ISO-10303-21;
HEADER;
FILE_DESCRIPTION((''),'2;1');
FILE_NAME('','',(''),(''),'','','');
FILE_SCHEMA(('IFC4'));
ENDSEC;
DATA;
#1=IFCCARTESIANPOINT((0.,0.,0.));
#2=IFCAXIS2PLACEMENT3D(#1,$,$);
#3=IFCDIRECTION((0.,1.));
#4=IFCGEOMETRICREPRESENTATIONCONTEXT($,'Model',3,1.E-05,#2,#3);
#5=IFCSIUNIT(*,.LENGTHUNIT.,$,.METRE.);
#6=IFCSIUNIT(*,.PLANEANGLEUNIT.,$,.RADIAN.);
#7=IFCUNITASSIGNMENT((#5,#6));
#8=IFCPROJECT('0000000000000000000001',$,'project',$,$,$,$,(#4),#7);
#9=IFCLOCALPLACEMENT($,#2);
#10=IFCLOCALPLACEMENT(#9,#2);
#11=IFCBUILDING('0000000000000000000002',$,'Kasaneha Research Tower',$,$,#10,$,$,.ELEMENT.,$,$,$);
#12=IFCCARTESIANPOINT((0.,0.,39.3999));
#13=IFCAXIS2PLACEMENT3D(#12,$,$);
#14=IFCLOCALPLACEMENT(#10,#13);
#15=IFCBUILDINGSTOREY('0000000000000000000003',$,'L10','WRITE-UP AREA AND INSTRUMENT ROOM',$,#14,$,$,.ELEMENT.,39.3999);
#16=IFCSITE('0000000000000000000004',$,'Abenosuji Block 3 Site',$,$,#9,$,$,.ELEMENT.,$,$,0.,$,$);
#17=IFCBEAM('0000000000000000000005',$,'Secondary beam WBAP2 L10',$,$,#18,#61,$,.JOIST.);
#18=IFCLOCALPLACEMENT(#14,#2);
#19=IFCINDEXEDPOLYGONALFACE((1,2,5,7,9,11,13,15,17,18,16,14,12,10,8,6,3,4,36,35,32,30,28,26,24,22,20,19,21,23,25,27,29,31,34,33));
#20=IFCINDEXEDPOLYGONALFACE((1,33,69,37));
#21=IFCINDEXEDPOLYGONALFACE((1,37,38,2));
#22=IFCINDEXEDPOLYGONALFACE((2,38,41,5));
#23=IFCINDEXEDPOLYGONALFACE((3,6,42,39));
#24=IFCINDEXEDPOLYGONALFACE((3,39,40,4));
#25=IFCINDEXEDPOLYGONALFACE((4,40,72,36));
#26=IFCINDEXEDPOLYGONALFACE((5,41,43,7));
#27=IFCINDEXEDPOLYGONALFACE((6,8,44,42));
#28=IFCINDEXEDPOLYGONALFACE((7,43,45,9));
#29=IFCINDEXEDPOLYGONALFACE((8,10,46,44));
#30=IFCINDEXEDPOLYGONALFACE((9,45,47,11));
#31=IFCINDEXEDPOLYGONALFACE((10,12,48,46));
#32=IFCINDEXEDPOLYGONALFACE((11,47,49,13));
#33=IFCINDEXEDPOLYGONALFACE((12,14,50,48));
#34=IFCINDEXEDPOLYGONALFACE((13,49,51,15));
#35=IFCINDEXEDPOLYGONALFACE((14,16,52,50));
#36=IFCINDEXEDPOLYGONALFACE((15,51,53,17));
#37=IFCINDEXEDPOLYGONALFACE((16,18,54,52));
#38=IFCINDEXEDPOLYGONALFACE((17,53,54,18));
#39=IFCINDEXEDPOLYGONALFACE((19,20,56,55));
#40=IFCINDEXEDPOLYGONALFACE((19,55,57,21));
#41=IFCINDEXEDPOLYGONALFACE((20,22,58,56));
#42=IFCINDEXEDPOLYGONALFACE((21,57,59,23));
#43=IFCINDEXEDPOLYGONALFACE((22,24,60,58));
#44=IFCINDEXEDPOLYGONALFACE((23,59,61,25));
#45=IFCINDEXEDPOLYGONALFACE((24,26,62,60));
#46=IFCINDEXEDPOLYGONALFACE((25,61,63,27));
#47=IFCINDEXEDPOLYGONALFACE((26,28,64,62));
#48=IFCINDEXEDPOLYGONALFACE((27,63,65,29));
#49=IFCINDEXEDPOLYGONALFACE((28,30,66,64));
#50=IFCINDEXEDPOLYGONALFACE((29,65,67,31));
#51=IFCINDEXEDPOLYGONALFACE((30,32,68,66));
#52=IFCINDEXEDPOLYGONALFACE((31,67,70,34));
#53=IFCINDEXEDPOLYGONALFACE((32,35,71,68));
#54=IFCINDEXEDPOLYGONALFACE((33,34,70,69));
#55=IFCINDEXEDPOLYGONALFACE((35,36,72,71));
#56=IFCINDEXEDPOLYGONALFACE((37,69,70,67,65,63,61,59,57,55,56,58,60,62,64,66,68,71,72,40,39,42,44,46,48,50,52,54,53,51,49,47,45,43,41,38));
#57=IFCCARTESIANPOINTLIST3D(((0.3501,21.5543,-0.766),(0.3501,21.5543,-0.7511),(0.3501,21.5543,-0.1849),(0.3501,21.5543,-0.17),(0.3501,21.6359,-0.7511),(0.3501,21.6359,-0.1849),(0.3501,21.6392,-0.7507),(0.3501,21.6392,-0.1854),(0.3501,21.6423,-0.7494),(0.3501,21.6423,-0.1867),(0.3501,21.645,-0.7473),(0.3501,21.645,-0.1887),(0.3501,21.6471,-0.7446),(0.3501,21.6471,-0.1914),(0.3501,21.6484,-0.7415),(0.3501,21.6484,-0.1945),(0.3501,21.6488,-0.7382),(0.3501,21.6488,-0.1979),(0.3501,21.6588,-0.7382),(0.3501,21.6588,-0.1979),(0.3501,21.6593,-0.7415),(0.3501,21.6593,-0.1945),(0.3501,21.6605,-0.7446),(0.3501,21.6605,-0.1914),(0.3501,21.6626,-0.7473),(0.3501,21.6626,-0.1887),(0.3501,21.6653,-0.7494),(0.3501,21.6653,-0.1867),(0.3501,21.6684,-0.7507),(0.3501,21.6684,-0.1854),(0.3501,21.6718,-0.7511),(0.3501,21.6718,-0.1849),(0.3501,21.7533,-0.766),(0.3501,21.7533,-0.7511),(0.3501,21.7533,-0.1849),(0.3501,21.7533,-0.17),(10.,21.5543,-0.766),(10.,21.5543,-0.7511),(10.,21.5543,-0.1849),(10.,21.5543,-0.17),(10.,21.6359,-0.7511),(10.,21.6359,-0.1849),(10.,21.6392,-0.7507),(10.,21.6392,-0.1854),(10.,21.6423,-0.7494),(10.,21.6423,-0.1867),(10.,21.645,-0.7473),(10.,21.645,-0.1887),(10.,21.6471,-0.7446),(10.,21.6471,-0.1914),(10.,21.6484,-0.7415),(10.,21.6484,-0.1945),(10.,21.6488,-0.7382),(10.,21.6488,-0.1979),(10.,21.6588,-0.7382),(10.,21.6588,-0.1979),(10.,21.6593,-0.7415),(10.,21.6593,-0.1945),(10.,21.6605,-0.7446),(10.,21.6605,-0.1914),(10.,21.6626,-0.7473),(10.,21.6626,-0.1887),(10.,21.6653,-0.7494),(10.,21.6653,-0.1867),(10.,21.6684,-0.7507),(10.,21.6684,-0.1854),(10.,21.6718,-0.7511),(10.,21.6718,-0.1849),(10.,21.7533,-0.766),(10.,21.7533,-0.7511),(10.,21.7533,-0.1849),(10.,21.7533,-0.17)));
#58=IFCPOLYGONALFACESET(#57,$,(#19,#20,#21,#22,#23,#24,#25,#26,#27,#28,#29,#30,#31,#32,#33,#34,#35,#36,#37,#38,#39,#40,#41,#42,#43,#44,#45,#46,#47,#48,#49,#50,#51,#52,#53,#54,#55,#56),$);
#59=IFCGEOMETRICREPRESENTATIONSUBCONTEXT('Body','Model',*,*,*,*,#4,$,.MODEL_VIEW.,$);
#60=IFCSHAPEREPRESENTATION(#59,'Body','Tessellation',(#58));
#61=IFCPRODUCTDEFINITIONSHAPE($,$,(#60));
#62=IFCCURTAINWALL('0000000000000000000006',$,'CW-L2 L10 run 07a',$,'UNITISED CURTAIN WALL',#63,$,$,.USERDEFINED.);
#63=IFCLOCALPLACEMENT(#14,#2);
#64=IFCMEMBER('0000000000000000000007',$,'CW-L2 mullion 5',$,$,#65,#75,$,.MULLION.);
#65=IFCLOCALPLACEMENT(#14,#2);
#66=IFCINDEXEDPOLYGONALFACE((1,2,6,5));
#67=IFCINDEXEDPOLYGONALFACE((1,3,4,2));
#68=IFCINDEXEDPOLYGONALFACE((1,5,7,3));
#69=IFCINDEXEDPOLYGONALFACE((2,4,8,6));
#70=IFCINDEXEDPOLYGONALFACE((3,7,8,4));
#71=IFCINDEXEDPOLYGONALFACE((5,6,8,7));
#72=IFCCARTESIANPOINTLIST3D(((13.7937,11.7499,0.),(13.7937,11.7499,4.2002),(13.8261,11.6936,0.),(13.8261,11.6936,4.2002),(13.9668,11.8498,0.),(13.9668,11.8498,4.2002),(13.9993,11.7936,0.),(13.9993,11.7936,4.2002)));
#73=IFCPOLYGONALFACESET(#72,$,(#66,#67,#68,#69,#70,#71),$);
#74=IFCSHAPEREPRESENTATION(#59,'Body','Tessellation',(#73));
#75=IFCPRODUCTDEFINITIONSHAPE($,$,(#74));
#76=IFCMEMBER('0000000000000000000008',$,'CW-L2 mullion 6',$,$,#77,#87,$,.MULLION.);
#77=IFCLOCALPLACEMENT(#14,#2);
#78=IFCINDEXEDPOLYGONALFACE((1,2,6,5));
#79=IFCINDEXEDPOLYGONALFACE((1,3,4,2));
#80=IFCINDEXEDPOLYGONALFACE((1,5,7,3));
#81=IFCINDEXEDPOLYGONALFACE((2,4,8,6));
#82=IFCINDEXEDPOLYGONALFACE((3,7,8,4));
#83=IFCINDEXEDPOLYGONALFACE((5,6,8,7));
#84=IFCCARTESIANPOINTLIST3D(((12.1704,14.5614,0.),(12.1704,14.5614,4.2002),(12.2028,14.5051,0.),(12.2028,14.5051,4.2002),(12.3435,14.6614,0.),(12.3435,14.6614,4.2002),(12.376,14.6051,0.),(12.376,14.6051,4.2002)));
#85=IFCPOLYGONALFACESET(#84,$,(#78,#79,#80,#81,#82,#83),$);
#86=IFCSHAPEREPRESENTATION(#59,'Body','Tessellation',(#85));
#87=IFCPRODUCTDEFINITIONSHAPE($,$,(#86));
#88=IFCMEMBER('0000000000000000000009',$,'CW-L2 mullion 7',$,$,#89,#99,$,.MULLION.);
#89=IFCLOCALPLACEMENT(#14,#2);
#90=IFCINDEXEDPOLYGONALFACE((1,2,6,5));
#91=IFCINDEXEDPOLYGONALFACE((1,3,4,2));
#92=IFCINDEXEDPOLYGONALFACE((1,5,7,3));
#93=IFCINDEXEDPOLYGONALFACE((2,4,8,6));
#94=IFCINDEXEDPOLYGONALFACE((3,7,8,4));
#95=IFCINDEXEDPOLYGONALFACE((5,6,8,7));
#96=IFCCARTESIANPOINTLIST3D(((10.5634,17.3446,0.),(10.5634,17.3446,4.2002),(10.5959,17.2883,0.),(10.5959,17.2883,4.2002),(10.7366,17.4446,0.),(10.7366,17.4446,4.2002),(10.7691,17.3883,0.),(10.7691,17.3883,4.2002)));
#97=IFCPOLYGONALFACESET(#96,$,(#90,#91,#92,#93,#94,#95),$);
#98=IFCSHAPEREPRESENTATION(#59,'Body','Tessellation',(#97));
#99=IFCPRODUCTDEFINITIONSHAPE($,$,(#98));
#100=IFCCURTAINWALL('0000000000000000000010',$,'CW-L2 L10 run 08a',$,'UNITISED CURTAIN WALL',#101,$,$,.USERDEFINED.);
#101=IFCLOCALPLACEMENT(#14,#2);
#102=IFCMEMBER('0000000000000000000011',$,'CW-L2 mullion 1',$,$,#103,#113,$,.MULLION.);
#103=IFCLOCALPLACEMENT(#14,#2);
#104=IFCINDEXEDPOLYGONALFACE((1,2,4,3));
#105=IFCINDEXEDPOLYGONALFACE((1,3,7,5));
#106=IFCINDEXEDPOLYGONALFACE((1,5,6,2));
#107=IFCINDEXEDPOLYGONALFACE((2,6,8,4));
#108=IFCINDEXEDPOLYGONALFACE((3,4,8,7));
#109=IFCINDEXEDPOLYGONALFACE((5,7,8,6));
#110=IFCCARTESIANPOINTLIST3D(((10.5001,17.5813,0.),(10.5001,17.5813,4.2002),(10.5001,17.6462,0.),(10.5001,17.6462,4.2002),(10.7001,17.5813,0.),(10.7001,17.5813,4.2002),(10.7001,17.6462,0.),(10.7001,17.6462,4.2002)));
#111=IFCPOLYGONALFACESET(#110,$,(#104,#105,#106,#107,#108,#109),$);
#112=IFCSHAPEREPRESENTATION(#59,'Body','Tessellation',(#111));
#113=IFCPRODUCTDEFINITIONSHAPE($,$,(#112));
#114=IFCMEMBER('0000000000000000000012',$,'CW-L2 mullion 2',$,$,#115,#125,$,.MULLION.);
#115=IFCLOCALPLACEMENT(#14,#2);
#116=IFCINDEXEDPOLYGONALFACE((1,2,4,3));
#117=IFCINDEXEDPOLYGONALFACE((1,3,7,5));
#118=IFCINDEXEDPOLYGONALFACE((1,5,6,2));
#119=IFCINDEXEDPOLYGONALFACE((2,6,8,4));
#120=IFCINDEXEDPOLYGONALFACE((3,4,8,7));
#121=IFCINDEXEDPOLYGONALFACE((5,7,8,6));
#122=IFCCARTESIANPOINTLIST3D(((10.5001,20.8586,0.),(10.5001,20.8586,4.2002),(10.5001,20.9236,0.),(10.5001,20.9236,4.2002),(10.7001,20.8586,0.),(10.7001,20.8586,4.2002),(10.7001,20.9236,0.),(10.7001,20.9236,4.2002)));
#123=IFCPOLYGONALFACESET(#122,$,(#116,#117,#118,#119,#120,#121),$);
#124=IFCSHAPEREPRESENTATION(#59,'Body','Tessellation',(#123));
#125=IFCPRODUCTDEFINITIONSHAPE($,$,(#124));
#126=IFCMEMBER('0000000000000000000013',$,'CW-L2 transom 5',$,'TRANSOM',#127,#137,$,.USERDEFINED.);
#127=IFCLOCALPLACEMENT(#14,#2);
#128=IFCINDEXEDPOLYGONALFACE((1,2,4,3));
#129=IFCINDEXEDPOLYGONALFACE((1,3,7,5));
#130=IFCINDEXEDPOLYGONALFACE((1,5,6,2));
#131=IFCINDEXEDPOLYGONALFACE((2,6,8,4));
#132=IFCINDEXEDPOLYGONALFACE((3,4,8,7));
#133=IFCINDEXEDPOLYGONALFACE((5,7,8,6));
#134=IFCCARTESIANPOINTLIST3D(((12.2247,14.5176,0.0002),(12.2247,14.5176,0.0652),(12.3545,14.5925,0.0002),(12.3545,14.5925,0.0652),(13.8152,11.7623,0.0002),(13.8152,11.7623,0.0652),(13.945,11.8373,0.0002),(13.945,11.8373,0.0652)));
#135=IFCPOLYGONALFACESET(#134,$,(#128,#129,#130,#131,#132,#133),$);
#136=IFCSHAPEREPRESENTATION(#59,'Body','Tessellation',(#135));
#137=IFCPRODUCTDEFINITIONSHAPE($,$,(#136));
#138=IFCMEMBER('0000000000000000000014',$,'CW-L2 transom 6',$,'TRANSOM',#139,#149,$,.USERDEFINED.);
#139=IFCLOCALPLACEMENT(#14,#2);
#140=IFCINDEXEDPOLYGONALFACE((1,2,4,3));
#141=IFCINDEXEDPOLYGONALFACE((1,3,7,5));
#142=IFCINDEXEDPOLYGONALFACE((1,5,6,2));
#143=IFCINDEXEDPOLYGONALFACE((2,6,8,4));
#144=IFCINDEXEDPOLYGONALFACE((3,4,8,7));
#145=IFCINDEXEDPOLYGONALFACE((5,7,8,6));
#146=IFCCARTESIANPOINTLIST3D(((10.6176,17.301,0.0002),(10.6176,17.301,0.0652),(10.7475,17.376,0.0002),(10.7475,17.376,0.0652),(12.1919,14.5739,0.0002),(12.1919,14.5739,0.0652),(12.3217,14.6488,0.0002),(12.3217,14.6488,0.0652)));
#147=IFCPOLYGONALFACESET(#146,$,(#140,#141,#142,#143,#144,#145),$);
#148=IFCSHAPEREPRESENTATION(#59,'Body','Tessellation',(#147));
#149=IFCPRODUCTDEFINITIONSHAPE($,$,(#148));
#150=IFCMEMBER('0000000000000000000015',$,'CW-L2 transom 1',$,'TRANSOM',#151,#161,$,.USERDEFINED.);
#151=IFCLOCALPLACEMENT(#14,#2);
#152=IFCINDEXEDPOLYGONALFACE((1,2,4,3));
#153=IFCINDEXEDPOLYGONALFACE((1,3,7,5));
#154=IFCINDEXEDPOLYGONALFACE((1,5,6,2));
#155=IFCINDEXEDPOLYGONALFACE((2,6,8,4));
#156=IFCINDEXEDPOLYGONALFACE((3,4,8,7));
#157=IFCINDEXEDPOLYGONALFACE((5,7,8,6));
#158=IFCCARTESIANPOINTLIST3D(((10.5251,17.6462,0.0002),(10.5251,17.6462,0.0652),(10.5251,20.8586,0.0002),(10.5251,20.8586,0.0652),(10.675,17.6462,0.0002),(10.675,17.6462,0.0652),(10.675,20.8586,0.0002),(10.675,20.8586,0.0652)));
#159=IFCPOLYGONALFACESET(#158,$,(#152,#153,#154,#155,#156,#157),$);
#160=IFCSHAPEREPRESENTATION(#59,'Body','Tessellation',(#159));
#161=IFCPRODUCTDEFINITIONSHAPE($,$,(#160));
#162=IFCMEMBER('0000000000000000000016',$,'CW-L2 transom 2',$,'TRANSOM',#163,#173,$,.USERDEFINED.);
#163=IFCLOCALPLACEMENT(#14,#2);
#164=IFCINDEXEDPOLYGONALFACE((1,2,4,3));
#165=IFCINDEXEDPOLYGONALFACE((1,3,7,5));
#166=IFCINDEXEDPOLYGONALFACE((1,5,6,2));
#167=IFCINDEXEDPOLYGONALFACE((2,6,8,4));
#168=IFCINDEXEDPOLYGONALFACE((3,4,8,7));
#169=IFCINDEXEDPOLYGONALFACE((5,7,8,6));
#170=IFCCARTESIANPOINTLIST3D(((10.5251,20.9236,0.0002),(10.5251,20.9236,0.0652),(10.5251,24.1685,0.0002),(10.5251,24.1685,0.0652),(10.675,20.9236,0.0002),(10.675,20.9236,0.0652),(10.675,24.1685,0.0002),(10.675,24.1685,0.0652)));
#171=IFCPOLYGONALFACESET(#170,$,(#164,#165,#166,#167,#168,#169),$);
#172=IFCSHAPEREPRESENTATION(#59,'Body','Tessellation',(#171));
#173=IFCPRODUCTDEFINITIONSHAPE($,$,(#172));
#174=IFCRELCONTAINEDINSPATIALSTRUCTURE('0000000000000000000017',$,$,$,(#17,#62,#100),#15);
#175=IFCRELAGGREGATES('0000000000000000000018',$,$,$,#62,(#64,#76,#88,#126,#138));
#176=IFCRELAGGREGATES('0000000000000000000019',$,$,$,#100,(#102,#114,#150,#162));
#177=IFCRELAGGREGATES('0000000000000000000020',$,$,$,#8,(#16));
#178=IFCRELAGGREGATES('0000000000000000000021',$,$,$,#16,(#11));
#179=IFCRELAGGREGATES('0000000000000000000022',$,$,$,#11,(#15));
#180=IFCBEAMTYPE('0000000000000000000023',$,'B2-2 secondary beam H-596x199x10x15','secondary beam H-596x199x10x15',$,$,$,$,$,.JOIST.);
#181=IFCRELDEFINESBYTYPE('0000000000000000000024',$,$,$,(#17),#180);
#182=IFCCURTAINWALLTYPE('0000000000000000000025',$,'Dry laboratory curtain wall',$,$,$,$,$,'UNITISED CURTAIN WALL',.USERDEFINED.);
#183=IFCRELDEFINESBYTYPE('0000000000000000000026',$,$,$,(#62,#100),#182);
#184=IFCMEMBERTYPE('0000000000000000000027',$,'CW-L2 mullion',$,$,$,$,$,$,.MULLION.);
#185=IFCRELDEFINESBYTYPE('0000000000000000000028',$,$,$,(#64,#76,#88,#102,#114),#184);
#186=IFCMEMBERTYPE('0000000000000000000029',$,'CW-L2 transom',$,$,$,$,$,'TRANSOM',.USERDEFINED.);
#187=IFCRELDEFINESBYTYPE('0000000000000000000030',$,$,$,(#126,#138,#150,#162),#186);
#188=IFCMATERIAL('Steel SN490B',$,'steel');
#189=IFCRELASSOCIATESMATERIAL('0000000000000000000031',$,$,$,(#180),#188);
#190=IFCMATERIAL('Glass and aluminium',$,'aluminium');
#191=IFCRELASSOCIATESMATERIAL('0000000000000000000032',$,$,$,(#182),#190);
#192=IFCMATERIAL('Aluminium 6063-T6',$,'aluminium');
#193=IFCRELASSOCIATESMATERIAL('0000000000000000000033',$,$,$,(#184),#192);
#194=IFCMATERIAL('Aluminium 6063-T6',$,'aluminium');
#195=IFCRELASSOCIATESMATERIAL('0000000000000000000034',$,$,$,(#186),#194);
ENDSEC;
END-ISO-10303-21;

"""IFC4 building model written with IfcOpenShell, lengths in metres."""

from ifc_helpers import new_model, si_unit, direction, frame, origin, origin_2d, place, context, subcontext, project, spatial, rectangle, i_section, extrude, material, material_profile, profile_set, type_object, element, aggregate, save


model = new_model("IFC4")

# Units and contexts
model_context = context("Model", 3, precision=1e-05, world=origin(), true_north=direction((0.0, 1.0)))
body_context = subcontext(model_context, "Body", "Model", "MODEL_VIEW")
ifc_project = project(units=[si_unit("LENGTHUNIT", "METRE"), si_unit("PLANEANGLEUNIT", "RADIAN")], contexts=[model_context])

# Site, building, storey
site_placement = place(None, origin())
site = spatial("IfcSite", under=ifc_project, at=site_placement, Name="Abenosuji Block 3 Site", CompositionType="ELEMENT", RefElevation=0.0)
building_placement = place(site_placement, origin())
building = spatial("IfcBuilding", under=site, at=building_placement, Name="Kasaneha Research Tower", CompositionType="ELEMENT")
storey_placement = place(building_placement, frame((0.0, 0.0, 39.3999)))
storey = spatial("IfcBuildingStorey", under=building, at=storey_placement, Name="L10", Description="WRITE-UP AREA AND INSTRUMENT ROOM", CompositionType="ELEMENT", Elevation=39.3999)

# Beam
ifc_material_1 = material(Name="Steel SN490B", Category="steel")
ifc_material_profile_1 = material_profile(ifc_material_1, i_section(OverallWidth=0.199, OverallDepth=0.5959, WebThickness=0.01, FlangeThickness=0.0149, FilletRadius=0.0129, at=origin_2d()), Name="H-596x199x10x15")
ifc_profile_set_1 = profile_set([ifc_material_profile_1], Name="Steel SN490B")
beam_type_1 = type_object("IfcBeamType", Name="B2-2 secondary beam H-596x199x10x15", Description="secondary beam H-596x199x10x15", PredefinedType="JOIST", material=ifc_profile_set_1)
for number, where, z_axis, x_axis, name in (
    (1, (10.0, 21.6538, -0.468), (-1.0, 0.0, 0.0), (0.0, -1.0, 0.0), "Secondary beam WBAP2 L10"),
):
    element("IfcBeam", number, at=place(storey_placement, frame(where, z_axis=z_axis, x_axis=x_axis)), inside=storey, type_object=beam_type_1, Name=name, PredefinedType="JOIST", context=body_context, shape_type="SweptSolid", body=[
        extrude(i_section(OverallWidth=0.199, OverallDepth=0.5959, WebThickness=0.01, FlangeThickness=0.0149, FilletRadius=0.0129, at=origin_2d()), origin(), (0.0, 0.0, 1.0), 9.6499),
    ])

# Curtain walls, members
ifc_material_2 = material(Name="Glass and aluminium", Category="aluminium")
curtain_wall_type = type_object("IfcCurtainWallType", Name="Dry laboratory curtain wall", ElementType="UNITISED CURTAIN WALL", PredefinedType="USERDEFINED", material=ifc_material_2)
curtain_wall_1_placement = place(storey_placement, origin())
curtain_wall_1 = element("IfcCurtainWall", 2, at=curtain_wall_1_placement, inside=storey, type_object=curtain_wall_type, Name="CW-L2 L10 run 07a", ObjectType="UNITISED CURTAIN WALL", PredefinedType="USERDEFINED")
ifc_material_3 = material(Name="Aluminium 6063-T6", Category="aluminium")
ifc_material_profile_2 = material_profile(ifc_material_3, rectangle(XDim=0.0649, YDim=0.2, at=origin_2d()), Name="CW-L2 mullion 65x200")
ifc_profile_set_2 = profile_set([ifc_material_profile_2], Name="Aluminium 6063-T6")
member_type_1 = type_object("IfcMemberType", Name="CW-L2 mullion", PredefinedType="MULLION", material=ifc_profile_set_2)
member_1_placement = place(storey_placement, frame((13.8965, 11.7717, 0.0), z_axis=(0.0, 0.0, 1.0), x_axis=(-0.5, 0.866025, 0.0)))
member_1 = element("IfcMember", 3, at=member_1_placement, type_object=member_type_1, Name="CW-L2 mullion 5", PredefinedType="MULLION", context=body_context, shape_type="SweptSolid", body=[
    extrude(rectangle(XDim=0.0649, YDim=0.2, at=origin_2d()), origin(), (0.0, 0.0, 1.0), 4.2002),
])
member_2_placement = place(storey_placement, frame((12.2732, 14.5833, 0.0), z_axis=(0.0, 0.0, 1.0), x_axis=(-0.5, 0.866025, 0.0)))
member_2 = element("IfcMember", 4, at=member_2_placement, type_object=member_type_1, Name="CW-L2 mullion 6", PredefinedType="MULLION", context=body_context, shape_type="SweptSolid", body=[
    extrude(rectangle(XDim=0.0649, YDim=0.2, at=origin_2d()), origin(), (0.0, 0.0, 1.0), 4.2002),
])
member_3_placement = place(storey_placement, frame((10.6663, 17.3665, 0.0), z_axis=(0.0, 0.0, 1.0), x_axis=(-0.5, 0.866025, 0.0)))
member_3 = element("IfcMember", 5, at=member_3_placement, type_object=member_type_1, Name="CW-L2 mullion 7", PredefinedType="MULLION", context=body_context, shape_type="SweptSolid", body=[
    extrude(rectangle(XDim=0.0649, YDim=0.2, at=origin_2d()), origin(), (0.0, 0.0, 1.0), 4.2002),
])
curtain_wall_2_placement = place(storey_placement, origin())
curtain_wall_2 = element("IfcCurtainWall", 6, at=curtain_wall_2_placement, inside=storey, type_object=curtain_wall_type, Name="CW-L2 L10 run 08a", ObjectType="UNITISED CURTAIN WALL", PredefinedType="USERDEFINED")
member_4_placement = place(storey_placement, frame((10.6001, 17.6138, 0.0), z_axis=(0.0, 0.0, 1.0), x_axis=(0.0, 1.0, 0.0)))
member_4 = element("IfcMember", 7, at=member_4_placement, type_object=member_type_1, Name="CW-L2 mullion 1", PredefinedType="MULLION", context=body_context, shape_type="SweptSolid", body=[
    extrude(rectangle(XDim=0.0649, YDim=0.2, at=origin_2d()), origin(), (0.0, 0.0, 1.0), 4.2002),
])
member_5_placement = place(storey_placement, frame((10.6001, 20.8911, 0.0), z_axis=(0.0, 0.0, 1.0), x_axis=(0.0, 1.0, 0.0)))
member_5 = element("IfcMember", 8, at=member_5_placement, type_object=member_type_1, Name="CW-L2 mullion 2", PredefinedType="MULLION", context=body_context, shape_type="SweptSolid", body=[
    extrude(rectangle(XDim=0.0649, YDim=0.2, at=origin_2d()), origin(), (0.0, 0.0, 1.0), 4.2002),
])

# Members
ifc_material_4 = material(Name="Aluminium 6063-T6", Category="aluminium")
ifc_material_profile_3 = material_profile(ifc_material_4, rectangle(XDim=0.1499, YDim=0.0649, at=origin_2d()), Name="CW-L2 transom 150x65")
ifc_profile_set_3 = profile_set([ifc_material_profile_3], Name="Aluminium 6063-T6")
member_type_2 = type_object("IfcMemberType", Name="CW-L2 transom", ElementType="TRANSOM", PredefinedType="USERDEFINED", material=ifc_profile_set_3)
member_6_placement = place(storey_placement, frame((13.8801, 11.7998, 0.0327), z_axis=(-0.499944, 0.866058, 0.0), x_axis=(-0.866058, -0.499944, 0.0)))
member_6 = element("IfcMember", 9, at=member_6_placement, type_object=member_type_2, Name="CW-L2 transom 5", ObjectType="TRANSOM", PredefinedType="USERDEFINED", context=body_context, shape_type="SweptSolid", body=[
    extrude(rectangle(XDim=0.1499, YDim=0.0649, at=origin_2d()), origin(), (0.0, 0.0, 1.0), 3.1814),
])
member_7_placement = place(storey_placement, frame((12.2568, 14.6113, 0.0327), z_axis=(-0.499942, 0.866059, 0.0), x_axis=(-0.866059, -0.499942, 0.0)))
member_7 = element("IfcMember", 10, at=member_7_placement, type_object=member_type_2, Name="CW-L2 transom 6", ObjectType="TRANSOM", PredefinedType="USERDEFINED", context=body_context, shape_type="SweptSolid", body=[
    extrude(rectangle(XDim=0.1499, YDim=0.0649, at=origin_2d()), origin(), (0.0, 0.0, 1.0), 3.1489),
])
member_8_placement = place(storey_placement, frame((10.6001, 17.6462, 0.0327), z_axis=(0.0, 1.0, 0.0), x_axis=(-1.0, 0.0, 0.0)))
member_8 = element("IfcMember", 11, at=member_8_placement, type_object=member_type_2, Name="CW-L2 transom 1", ObjectType="TRANSOM", PredefinedType="USERDEFINED", context=body_context, shape_type="SweptSolid", body=[
    extrude(rectangle(XDim=0.1499, YDim=0.0649, at=origin_2d()), origin(), (0.0, 0.0, 1.0), 3.2124),
])
member_9_placement = place(storey_placement, frame((10.6001, 20.9236, 0.0327), z_axis=(0.0, 1.0, 0.0), x_axis=(-1.0, 0.0, 0.0)))
member_9 = element("IfcMember", 12, at=member_9_placement, type_object=member_type_2, Name="CW-L2 transom 2", ObjectType="TRANSOM", PredefinedType="USERDEFINED", context=body_context, shape_type="SweptSolid", body=[
    extrude(rectangle(XDim=0.1499, YDim=0.0649, at=origin_2d()), origin(), (0.0, 0.0, 1.0), 3.2449),
])

aggregate(curtain_wall_1, [member_1, member_2, member_3, member_6, member_7])
aggregate(curtain_wall_2, [member_4, member_5, member_8, member_9])

save(model, "model.ifc")
